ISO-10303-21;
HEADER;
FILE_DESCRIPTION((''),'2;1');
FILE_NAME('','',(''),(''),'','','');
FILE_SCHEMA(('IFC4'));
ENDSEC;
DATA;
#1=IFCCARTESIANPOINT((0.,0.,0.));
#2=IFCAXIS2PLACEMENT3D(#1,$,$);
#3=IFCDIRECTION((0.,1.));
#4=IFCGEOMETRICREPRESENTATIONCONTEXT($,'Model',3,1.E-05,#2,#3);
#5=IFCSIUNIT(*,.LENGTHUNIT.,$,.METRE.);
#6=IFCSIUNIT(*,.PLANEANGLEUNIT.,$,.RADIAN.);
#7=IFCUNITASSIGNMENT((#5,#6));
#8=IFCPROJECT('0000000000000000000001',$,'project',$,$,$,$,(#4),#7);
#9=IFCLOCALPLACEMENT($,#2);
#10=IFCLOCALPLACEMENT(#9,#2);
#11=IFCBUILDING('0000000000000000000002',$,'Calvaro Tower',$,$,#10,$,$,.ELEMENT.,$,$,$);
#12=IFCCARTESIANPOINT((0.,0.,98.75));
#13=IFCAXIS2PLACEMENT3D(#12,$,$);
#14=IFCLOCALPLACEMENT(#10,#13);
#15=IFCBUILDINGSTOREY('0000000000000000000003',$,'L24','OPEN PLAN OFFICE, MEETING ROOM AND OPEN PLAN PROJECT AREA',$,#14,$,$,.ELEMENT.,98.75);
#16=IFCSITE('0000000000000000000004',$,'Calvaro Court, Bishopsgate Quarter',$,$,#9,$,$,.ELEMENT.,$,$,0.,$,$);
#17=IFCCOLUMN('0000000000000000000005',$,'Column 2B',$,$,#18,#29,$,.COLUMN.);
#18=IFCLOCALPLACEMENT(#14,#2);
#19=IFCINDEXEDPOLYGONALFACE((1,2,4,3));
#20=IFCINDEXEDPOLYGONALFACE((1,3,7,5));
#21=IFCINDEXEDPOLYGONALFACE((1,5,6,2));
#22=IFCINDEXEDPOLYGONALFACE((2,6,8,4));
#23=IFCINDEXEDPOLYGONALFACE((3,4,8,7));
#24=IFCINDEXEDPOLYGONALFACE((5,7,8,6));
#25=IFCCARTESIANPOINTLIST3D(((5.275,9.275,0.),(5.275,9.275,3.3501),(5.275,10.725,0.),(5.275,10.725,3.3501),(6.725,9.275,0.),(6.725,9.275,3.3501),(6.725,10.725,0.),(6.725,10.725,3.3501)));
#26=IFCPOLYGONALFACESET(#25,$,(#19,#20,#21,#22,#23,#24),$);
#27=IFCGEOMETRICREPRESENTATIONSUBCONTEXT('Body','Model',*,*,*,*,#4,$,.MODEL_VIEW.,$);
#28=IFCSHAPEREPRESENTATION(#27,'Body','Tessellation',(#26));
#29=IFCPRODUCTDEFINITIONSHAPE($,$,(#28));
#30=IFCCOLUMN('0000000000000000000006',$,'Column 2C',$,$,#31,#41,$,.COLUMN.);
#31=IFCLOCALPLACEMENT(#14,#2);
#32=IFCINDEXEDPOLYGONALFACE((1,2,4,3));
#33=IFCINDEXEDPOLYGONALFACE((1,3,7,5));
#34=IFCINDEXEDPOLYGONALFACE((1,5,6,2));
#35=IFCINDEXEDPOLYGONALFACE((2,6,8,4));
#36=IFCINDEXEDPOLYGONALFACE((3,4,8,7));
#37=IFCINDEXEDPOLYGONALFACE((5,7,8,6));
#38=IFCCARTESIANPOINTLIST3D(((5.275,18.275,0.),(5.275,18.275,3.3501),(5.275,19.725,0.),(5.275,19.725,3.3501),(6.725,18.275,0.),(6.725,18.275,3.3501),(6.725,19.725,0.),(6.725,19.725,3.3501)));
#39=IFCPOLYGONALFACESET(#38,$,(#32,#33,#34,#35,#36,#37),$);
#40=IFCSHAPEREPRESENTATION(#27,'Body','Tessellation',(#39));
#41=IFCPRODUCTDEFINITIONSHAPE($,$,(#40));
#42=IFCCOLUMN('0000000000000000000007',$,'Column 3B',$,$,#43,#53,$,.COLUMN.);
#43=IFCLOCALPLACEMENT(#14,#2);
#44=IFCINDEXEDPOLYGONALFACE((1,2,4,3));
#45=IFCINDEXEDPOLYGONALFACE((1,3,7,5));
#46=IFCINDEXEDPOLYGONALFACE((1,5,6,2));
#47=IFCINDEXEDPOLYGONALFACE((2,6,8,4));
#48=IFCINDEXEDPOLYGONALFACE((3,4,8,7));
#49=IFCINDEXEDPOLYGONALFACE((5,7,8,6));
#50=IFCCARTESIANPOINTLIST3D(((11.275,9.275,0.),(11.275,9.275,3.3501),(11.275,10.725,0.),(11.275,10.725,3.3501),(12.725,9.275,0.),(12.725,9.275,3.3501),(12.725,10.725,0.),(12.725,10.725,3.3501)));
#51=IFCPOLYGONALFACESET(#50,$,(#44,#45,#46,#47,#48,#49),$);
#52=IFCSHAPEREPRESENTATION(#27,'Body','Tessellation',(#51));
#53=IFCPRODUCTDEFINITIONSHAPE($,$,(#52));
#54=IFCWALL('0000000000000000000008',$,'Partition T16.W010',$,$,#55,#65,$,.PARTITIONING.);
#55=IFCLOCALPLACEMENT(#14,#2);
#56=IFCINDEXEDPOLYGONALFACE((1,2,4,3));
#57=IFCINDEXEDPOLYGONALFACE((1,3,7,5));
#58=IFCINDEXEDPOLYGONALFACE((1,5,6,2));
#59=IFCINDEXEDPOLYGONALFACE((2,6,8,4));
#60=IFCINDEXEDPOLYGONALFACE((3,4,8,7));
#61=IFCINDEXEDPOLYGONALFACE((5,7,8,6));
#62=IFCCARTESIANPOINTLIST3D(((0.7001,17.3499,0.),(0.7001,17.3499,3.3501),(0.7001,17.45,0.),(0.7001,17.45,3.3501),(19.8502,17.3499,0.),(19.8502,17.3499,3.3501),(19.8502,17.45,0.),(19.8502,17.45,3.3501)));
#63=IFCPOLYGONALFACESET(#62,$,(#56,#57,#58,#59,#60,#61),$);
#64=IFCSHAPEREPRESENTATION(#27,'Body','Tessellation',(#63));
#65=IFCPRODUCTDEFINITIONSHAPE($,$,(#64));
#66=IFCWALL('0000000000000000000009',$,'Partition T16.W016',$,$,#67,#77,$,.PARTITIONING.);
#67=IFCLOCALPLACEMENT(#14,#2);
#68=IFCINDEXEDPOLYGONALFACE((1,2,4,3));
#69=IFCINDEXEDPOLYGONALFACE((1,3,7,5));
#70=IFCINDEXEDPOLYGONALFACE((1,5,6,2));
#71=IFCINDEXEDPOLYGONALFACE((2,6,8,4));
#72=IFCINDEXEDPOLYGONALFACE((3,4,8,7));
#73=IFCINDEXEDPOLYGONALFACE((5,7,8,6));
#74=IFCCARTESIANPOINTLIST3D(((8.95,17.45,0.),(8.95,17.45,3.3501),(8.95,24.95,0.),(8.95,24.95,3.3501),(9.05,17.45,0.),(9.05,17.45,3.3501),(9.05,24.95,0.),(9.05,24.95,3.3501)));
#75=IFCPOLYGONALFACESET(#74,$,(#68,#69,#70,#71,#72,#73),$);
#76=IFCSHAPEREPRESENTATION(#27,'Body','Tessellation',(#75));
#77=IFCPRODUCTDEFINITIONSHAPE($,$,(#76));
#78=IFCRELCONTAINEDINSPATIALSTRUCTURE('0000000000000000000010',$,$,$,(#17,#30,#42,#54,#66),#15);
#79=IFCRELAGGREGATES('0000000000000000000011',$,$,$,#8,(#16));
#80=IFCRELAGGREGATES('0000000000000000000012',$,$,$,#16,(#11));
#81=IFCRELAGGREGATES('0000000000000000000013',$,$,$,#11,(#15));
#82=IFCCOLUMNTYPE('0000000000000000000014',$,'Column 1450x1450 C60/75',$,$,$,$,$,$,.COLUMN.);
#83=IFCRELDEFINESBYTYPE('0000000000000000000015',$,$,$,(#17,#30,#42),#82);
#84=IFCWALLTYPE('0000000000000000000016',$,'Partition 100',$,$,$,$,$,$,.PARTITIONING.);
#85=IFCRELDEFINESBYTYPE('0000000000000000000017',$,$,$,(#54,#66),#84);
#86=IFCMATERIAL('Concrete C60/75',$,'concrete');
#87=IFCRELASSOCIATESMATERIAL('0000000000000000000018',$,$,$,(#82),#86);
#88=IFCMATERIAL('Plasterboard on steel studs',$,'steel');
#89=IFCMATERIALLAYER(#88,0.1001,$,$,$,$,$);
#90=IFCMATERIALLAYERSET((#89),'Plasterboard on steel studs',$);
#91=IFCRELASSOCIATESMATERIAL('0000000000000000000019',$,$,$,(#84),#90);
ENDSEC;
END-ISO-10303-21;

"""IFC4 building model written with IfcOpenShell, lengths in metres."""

from ifc_helpers import new_model, si_unit, direction, frame, frame_2d, origin, origin_2d, place, context, subcontext, project, spatial, rectangle, extrude, material, layer, layer_set, material_profile, profile_set, type_object, element, save


model = new_model("IFC4")

# Units and contexts
model_context = context("Model", 3, precision=1e-05, world=origin(), true_north=direction((0.0, 1.0)))
body_context = subcontext(model_context, "Body", "Model", "MODEL_VIEW")
ifc_project = project(units=[si_unit("LENGTHUNIT", "METRE"), si_unit("PLANEANGLEUNIT", "RADIAN")], contexts=[model_context])

# Site, building, storey
site_placement = place(None, origin())
site = spatial("IfcSite", under=ifc_project, at=site_placement, Name="Calvaro Court, Bishopsgate Quarter", CompositionType="ELEMENT", RefElevation=0.0)
building_placement = place(site_placement, origin())
building = spatial("IfcBuilding", under=site, at=building_placement, Name="Calvaro Tower", CompositionType="ELEMENT")
storey_placement = place(building_placement, frame((0.0, 0.0, 98.75)))
storey = spatial("IfcBuildingStorey", under=building, at=storey_placement, Name="L24", Description="OPEN PLAN OFFICE, MEETING ROOM AND OPEN PLAN PROJECT AREA", CompositionType="ELEMENT", Elevation=98.75)

# Columns
ifc_material_1 = material(Name="Concrete C60/75", Category="concrete")
ifc_material_profile = material_profile(ifc_material_1, rectangle(XDim=1.45, YDim=1.45, at=origin_2d()), Name="RC 1450x1450")
ifc_profile_set = profile_set([ifc_material_profile], Name="Concrete C60/75")
column_type = type_object("IfcColumnType", Name="Column 1450x1450 C60/75", PredefinedType="COLUMN", material=ifc_profile_set)
for number, where, z_axis, x_axis, name in (
    (1, (6.0, 10.0, 0.0), (0.0, 0.0, 1.0), (1.0, 0.0, 0.0), "Column 2B"),
    (2, (6.0, 19.0, 0.0), (0.0, 0.0, 1.0), (1.0, 0.0, 0.0), "Column 2C"),
    (3, (12.0, 10.0, 0.0), (0.0, 0.0, 1.0), (1.0, 0.0, 0.0), "Column 3B"),
):
    element("IfcColumn", number, at=place(storey_placement, frame(where, z_axis=z_axis, x_axis=x_axis)), inside=storey, type_object=column_type, Name=name, PredefinedType="COLUMN", context=body_context, shape_type="SweptSolid", body=[
        extrude(rectangle(XDim=1.45, YDim=1.45, at=origin_2d()), origin(), (0.0, 0.0, 1.0), 3.3501),
    ])

# Walls
ifc_material_2 = material(Name="Plasterboard on steel studs", Category="steel")
ifc_layer = layer(ifc_material_2, 0.1001)
ifc_layer_set = layer_set([ifc_layer], Name="Plasterboard on steel studs")
wall_type = type_object("IfcWallType", Name="Partition 100", PredefinedType="PARTITIONING", material=ifc_layer_set)
wall_1_placement = place(storey_placement, frame((0.7, 17.3999, 0.0), z_axis=(0.0, 0.0, 1.0), x_axis=(1.0, 0.0, 0.0)))
element("IfcWall", 4, at=wall_1_placement, inside=storey, type_object=wall_type, Name="Partition T16.W010", PredefinedType="PARTITIONING", context=body_context, shape_type="SweptSolid", body=[
    extrude(rectangle(XDim=19.1501, YDim=0.1001, at=frame_2d((9.5752, 0.0))), origin(), (0.0, 0.0, 1.0), 3.3501),
])
wall_2_placement = place(storey_placement, frame((9.0, 17.45, 0.0), z_axis=(0.0, 0.0, 1.0), x_axis=(0.0, 1.0, 0.0)))
element("IfcWall", 5, at=wall_2_placement, inside=storey, type_object=wall_type, Name="Partition T16.W016", PredefinedType="PARTITIONING", context=body_context, shape_type="SweptSolid", body=[
    extrude(rectangle(XDim=7.5, YDim=0.1001, at=frame_2d((3.75, 0.0))), origin(), (0.0, 0.0, 1.0), 3.3501),
])

save(model, "model.ifc")
